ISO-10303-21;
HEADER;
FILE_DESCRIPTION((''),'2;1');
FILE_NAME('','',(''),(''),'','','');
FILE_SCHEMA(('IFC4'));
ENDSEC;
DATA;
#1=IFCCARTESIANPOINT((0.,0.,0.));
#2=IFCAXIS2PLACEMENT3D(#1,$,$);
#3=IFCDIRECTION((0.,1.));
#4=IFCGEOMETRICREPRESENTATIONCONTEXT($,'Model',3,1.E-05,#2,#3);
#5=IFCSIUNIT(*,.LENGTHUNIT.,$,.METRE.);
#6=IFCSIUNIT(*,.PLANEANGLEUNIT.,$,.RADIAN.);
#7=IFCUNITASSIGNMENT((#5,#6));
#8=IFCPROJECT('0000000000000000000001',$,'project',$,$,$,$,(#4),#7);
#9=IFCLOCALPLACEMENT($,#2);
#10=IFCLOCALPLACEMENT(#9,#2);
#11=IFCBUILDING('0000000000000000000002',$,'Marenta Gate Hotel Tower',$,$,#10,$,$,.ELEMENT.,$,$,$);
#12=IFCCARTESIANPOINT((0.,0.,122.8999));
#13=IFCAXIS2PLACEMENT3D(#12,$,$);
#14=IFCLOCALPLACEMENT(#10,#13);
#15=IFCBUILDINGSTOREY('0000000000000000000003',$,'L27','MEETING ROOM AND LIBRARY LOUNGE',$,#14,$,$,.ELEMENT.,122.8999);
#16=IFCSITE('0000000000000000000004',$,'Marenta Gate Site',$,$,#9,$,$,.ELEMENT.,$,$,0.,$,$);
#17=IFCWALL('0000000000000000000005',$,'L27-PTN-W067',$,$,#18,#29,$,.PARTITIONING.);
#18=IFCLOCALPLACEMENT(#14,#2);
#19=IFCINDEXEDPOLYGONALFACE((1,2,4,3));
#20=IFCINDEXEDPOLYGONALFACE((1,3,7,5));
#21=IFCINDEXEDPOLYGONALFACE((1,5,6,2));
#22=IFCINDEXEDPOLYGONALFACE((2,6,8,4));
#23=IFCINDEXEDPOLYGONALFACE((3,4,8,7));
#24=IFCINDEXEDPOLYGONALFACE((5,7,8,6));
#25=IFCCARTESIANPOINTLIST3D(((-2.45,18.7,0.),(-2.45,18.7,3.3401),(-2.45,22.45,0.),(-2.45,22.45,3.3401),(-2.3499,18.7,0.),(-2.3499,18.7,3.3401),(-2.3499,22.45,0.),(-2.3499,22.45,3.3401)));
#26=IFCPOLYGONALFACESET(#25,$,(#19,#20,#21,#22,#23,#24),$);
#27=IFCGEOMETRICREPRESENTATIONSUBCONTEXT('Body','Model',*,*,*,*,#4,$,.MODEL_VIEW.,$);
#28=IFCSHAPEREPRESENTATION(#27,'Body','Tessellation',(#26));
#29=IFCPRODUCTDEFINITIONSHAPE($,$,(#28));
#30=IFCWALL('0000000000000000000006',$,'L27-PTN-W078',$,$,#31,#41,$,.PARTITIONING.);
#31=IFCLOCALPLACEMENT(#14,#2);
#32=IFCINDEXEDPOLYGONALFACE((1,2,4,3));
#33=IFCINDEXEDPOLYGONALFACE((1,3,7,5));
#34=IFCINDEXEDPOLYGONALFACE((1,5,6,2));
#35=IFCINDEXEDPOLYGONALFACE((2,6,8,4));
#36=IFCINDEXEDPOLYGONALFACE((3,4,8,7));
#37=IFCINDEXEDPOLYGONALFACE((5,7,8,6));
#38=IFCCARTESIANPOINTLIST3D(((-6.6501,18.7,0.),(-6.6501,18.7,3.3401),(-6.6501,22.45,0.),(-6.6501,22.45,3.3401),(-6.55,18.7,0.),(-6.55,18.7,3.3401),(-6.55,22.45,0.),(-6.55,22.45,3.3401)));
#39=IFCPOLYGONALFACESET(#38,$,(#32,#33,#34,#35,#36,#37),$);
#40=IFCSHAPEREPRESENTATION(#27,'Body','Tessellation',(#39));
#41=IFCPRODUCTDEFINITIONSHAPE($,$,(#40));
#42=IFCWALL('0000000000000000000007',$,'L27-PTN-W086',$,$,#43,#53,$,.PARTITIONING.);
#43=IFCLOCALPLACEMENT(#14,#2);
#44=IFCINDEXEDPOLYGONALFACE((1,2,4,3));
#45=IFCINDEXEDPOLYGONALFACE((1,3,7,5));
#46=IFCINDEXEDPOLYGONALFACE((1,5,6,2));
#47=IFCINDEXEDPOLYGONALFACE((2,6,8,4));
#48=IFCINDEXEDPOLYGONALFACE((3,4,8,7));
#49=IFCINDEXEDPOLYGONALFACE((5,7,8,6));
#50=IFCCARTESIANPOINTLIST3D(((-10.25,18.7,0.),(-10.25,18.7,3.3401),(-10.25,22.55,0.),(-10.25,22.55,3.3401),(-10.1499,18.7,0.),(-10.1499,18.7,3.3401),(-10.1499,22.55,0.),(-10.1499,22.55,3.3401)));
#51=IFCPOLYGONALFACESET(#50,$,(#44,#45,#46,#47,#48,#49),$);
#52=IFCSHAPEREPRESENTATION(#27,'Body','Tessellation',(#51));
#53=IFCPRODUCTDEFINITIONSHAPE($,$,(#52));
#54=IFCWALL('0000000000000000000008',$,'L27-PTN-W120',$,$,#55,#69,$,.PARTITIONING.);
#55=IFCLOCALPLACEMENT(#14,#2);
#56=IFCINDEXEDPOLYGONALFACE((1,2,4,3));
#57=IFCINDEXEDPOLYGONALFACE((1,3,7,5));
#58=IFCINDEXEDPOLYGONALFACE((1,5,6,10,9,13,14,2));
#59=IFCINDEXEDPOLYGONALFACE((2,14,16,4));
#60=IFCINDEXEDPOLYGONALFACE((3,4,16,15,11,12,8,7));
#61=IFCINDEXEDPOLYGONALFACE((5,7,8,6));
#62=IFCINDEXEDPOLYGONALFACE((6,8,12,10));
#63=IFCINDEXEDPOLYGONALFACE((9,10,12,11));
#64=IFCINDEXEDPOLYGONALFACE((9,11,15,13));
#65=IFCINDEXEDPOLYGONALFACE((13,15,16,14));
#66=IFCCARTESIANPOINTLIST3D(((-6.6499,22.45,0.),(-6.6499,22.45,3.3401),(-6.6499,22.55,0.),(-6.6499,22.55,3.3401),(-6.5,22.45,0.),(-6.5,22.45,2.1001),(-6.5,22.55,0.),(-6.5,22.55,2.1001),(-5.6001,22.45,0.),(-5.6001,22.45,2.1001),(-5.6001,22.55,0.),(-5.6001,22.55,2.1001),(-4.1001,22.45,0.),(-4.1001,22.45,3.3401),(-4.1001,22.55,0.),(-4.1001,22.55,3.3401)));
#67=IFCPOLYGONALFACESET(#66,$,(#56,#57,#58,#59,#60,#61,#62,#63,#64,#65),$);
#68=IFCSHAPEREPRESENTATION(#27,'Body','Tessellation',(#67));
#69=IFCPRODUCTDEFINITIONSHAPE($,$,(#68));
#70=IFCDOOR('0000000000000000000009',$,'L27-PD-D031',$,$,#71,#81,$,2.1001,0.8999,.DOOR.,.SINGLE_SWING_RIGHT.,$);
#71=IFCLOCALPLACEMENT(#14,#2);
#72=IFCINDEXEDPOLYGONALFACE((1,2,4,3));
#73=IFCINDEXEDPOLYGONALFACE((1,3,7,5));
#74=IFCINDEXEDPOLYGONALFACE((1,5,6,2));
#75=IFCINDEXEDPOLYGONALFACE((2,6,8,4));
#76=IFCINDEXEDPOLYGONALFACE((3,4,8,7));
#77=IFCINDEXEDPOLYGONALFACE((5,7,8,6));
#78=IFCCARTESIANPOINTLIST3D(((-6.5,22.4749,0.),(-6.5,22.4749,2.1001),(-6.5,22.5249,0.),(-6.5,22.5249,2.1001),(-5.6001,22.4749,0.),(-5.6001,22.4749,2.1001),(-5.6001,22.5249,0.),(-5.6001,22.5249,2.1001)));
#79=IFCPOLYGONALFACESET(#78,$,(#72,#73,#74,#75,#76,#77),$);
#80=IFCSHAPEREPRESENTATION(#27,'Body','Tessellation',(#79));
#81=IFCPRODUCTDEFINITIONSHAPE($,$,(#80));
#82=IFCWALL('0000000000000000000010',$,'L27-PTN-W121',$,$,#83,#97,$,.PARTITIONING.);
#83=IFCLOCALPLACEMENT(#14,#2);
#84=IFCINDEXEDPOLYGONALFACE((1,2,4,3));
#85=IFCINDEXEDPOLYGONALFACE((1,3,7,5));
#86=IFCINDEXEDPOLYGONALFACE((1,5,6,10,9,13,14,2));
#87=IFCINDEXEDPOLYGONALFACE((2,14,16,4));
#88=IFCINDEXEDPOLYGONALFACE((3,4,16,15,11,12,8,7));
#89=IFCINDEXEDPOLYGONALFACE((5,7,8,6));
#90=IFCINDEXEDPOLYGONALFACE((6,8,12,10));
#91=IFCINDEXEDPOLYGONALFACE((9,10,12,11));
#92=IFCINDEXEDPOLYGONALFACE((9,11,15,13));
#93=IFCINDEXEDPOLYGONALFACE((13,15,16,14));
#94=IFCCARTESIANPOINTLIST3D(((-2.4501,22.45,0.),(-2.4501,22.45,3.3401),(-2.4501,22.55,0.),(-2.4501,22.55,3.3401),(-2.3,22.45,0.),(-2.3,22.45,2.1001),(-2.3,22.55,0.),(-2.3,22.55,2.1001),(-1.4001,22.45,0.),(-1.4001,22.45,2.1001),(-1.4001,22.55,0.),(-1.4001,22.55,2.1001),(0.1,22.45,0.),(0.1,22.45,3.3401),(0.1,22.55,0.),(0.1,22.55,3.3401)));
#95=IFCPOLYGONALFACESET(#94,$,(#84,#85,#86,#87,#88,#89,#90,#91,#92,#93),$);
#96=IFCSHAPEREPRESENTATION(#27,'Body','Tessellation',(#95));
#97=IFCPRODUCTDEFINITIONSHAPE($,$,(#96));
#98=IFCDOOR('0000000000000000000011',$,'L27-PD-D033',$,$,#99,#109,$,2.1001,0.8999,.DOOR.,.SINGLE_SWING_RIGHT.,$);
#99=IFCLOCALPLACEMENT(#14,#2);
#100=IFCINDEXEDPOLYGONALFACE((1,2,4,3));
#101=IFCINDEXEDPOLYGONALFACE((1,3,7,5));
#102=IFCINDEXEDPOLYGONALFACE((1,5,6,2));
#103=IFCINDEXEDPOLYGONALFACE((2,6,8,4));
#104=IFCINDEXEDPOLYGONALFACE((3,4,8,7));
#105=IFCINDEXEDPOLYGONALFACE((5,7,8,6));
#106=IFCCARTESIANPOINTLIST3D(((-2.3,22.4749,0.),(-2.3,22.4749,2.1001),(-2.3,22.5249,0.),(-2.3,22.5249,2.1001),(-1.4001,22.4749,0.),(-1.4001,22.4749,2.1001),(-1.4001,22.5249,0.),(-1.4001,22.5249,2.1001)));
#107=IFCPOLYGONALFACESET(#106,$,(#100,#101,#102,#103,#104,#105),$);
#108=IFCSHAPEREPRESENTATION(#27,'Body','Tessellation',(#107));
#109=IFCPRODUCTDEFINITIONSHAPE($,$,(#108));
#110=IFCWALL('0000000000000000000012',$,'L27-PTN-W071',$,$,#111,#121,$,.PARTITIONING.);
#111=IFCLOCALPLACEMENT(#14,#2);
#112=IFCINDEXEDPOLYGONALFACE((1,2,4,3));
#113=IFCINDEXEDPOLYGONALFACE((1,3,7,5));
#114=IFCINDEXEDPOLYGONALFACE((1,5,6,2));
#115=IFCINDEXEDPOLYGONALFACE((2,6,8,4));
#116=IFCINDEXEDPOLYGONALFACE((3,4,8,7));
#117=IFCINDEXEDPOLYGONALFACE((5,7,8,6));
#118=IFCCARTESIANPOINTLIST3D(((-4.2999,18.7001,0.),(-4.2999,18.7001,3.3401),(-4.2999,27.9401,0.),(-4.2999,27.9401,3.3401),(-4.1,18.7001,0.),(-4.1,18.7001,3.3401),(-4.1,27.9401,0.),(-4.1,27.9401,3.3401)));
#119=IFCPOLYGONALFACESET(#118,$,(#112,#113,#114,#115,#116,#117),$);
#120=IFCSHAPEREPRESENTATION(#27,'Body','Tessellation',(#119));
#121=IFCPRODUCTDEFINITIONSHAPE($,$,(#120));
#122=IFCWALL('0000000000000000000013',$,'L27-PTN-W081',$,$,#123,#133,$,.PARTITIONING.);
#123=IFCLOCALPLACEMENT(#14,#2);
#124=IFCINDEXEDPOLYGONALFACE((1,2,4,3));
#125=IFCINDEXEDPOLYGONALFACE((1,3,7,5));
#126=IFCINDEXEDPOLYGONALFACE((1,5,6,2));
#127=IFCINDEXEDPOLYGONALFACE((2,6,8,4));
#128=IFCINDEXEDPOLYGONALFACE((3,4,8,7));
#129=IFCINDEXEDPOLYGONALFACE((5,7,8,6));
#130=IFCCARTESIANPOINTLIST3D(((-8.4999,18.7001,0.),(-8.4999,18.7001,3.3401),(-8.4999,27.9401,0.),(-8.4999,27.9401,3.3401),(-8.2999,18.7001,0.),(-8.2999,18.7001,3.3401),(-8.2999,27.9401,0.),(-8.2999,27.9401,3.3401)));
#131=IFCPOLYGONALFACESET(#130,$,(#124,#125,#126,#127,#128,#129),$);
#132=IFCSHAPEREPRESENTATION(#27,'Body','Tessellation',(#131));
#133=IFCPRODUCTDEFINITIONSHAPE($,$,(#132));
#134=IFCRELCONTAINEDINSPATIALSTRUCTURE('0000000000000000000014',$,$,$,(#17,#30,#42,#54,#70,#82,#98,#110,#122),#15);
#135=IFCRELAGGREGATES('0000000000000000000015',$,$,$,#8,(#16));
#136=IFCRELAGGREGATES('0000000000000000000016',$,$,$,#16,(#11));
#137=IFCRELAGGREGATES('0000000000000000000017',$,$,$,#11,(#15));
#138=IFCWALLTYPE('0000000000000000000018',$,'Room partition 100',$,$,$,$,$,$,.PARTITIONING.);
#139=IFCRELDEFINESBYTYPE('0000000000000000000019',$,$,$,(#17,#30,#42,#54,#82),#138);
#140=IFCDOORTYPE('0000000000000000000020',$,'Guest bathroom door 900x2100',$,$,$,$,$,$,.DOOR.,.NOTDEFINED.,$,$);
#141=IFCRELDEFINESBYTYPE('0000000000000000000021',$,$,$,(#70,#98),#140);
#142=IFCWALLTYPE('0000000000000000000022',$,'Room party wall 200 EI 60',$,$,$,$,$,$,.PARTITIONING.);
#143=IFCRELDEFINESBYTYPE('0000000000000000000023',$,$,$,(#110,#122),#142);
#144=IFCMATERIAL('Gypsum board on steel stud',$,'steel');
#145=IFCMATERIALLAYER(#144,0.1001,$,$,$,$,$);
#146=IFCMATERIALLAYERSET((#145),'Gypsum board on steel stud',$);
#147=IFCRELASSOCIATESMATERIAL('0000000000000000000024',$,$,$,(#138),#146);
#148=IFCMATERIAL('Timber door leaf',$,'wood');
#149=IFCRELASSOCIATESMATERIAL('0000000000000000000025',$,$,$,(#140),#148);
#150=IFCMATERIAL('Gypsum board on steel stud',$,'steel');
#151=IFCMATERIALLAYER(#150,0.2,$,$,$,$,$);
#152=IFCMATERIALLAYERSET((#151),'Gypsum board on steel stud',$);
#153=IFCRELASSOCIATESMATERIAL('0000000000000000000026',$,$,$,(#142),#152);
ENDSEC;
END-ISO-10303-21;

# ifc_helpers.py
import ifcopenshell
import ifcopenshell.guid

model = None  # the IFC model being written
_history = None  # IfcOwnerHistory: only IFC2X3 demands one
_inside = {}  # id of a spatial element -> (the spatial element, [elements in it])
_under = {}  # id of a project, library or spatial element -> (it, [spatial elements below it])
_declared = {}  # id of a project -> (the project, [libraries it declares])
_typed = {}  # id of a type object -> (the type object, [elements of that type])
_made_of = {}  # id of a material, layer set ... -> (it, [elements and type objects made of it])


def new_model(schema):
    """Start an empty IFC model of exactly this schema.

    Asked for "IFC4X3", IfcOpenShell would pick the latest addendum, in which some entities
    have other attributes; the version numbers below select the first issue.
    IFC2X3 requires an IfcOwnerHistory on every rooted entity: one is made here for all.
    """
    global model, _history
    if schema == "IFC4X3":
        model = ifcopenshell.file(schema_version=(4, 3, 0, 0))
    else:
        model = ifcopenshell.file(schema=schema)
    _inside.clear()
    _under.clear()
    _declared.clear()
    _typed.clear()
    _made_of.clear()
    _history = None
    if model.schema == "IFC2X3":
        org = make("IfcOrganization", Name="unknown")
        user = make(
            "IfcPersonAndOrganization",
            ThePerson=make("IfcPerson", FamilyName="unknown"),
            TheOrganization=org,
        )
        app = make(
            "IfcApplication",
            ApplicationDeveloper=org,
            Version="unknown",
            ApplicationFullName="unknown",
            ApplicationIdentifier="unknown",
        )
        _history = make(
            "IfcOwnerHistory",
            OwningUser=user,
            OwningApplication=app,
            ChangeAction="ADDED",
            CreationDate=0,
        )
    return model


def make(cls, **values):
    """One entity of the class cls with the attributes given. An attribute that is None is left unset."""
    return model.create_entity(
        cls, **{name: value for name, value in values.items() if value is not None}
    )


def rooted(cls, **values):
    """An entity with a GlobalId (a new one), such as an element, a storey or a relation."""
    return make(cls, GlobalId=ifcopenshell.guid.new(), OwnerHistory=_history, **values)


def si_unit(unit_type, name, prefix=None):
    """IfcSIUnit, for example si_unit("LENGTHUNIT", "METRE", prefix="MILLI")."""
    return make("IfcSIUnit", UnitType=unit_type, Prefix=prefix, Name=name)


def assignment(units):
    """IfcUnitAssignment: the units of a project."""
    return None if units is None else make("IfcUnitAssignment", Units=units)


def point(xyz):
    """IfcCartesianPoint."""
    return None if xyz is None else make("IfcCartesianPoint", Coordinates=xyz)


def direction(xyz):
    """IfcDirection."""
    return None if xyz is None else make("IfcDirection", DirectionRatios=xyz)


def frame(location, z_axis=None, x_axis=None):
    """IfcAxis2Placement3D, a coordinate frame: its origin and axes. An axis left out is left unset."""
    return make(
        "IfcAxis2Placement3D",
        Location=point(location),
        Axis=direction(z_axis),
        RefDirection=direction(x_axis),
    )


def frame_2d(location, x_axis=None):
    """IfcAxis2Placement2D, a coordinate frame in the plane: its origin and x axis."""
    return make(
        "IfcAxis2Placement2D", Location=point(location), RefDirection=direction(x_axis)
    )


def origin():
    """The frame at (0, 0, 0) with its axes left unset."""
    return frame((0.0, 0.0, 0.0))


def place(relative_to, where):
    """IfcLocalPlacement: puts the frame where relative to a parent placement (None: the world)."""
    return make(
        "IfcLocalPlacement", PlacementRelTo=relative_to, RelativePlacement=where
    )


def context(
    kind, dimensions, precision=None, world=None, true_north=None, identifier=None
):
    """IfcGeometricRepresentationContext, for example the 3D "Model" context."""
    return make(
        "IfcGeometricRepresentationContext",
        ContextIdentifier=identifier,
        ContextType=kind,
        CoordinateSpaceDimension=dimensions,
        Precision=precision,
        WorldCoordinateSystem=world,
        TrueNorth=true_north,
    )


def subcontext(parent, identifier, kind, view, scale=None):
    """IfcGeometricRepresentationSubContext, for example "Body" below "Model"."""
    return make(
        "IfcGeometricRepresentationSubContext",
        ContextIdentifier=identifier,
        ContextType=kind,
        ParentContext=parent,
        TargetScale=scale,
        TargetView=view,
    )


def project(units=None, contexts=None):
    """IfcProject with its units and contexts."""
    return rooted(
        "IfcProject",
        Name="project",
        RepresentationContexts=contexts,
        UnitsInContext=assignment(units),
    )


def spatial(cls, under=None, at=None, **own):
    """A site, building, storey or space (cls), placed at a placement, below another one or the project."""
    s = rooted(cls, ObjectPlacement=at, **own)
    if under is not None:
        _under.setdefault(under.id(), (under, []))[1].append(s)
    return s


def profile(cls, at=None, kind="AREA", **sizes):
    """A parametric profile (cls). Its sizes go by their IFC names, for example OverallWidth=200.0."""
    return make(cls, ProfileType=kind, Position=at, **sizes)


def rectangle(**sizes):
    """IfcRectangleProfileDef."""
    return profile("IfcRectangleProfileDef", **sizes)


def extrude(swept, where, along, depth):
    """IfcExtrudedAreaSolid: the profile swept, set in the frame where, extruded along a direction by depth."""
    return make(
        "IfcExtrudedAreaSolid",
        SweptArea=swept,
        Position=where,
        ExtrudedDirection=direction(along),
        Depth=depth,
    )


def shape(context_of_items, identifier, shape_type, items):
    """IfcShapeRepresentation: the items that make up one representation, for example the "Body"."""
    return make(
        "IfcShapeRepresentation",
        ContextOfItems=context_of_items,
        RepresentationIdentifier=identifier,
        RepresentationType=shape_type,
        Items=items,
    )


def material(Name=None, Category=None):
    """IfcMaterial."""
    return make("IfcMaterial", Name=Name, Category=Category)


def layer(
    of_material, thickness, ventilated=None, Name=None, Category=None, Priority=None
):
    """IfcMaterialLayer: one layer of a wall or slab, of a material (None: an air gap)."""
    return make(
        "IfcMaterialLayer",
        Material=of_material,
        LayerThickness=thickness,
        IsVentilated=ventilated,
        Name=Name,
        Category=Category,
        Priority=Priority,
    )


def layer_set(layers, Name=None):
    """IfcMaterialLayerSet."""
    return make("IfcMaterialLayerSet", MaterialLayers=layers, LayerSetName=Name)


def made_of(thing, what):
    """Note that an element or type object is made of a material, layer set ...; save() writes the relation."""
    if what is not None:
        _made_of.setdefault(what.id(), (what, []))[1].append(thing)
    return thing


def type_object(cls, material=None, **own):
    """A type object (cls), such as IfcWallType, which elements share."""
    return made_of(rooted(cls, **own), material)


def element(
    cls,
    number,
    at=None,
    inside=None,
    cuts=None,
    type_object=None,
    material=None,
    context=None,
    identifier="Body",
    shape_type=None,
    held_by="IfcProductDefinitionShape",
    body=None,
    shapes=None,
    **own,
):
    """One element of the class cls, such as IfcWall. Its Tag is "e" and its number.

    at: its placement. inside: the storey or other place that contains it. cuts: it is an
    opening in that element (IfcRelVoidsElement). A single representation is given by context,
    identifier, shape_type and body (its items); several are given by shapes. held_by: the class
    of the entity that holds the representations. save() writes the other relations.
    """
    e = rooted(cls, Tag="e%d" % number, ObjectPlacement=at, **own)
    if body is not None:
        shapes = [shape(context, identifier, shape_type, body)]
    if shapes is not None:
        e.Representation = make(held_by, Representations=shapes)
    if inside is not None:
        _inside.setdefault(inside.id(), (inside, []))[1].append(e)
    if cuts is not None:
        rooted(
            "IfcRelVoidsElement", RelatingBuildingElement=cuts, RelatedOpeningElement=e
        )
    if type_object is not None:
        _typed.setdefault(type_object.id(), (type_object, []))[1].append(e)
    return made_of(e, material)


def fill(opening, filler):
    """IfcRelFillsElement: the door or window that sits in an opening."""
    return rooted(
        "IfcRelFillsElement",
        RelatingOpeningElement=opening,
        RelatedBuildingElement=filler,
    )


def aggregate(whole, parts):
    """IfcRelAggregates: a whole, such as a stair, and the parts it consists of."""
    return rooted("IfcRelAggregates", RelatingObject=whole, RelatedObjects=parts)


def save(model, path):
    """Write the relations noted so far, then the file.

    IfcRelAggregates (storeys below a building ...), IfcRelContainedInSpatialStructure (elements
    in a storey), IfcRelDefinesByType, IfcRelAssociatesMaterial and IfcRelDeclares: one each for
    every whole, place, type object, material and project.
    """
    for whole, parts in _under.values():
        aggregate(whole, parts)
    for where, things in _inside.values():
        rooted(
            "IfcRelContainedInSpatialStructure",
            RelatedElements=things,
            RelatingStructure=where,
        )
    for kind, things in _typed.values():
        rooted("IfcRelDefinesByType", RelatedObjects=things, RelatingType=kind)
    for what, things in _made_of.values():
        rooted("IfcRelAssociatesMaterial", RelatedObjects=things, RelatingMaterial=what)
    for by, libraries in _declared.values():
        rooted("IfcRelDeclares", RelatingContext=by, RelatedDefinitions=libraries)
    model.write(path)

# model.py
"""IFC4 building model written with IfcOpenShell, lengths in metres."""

from ifc_helpers import new_model, si_unit, direction, frame, frame_2d, origin, place, context, subcontext, project, spatial, rectangle, extrude, material, layer, layer_set, type_object, element, fill, save


model = new_model("IFC4")

# Units and contexts
model_context = context("Model", 3, precision=1e-05, world=origin(), true_north=direction((0.0, 1.0)))
body_context = subcontext(model_context, "Body", "Model", "MODEL_VIEW")
ifc_project = project(units=[si_unit("LENGTHUNIT", "METRE"), si_unit("PLANEANGLEUNIT", "RADIAN")], contexts=[model_context])

# Site, building, storey
site_placement = place(None, origin())
site = spatial("IfcSite", under=ifc_project, at=site_placement, Name="Marenta Gate Site", CompositionType="ELEMENT", RefElevation=0.0)
building_placement = place(site_placement, origin())
building = spatial("IfcBuilding", under=site, at=building_placement, Name="Marenta Gate Hotel Tower", CompositionType="ELEMENT")
storey_placement = place(building_placement, frame((0.0, 0.0, 122.8999)))
storey = spatial("IfcBuildingStorey", under=building, at=storey_placement, Name="L27", Description="MEETING ROOM AND LIBRARY LOUNGE", CompositionType="ELEMENT", Elevation=122.8999)

# Walls
ifc_material_1 = material(Name="Gypsum board on steel stud", Category="steel")
ifc_layer_1 = layer(ifc_material_1, 0.1001)
ifc_layer_set_1 = layer_set([ifc_layer_1], Name="Gypsum board on steel stud")
wall_type_1 = type_object("IfcWallType", Name="Room partition 100", PredefinedType="PARTITIONING", material=ifc_layer_set_1)
for number, where, z_axis, x_axis, name in (
    (1, (-2.3999, 18.7, 0.0), (0.0, 0.0, 1.0), (0.0, 1.0, 0.0), "L27-PTN-W067"),
    (2, (-6.6001, 18.7, 0.0), (0.0, 0.0, 1.0), (0.0, 1.0, 0.0), "L27-PTN-W078"),
):
    element("IfcWall", number, at=place(storey_placement, frame(where, z_axis=z_axis, x_axis=x_axis)), inside=storey, type_object=wall_type_1, Name=name, PredefinedType="PARTITIONING", context=body_context, shape_type="SweptSolid", body=[
        extrude(rectangle(XDim=3.75, YDim=0.1001, at=frame_2d((1.875, 0.0))), origin(), (0.0, 0.0, 1.0), 3.3401),
    ])
wall_1_placement = place(storey_placement, frame((-10.2, 18.7, 0.0), z_axis=(0.0, 0.0, 1.0), x_axis=(0.0, 1.0, 0.0)))
element("IfcWall", 3, at=wall_1_placement, inside=storey, type_object=wall_type_1, Name="L27-PTN-W086", PredefinedType="PARTITIONING", context=body_context, shape_type="SweptSolid", body=[
    extrude(rectangle(XDim=3.8501, YDim=0.1001, at=frame_2d((1.925, 0.0))), origin(), (0.0, 0.0, 1.0), 3.3401),
])

# Walls, openings, doors
wall_2_placement = place(storey_placement, frame((-6.6499, 22.5, 0.0), z_axis=(0.0, 0.0, 1.0), x_axis=(1.0, 0.0, 0.0)))
wall_2 = element("IfcWall", 4, at=wall_2_placement, inside=storey, type_object=wall_type_1, Name="L27-PTN-W120", PredefinedType="PARTITIONING", context=body_context, shape_type="SweptSolid", body=[
    extrude(rectangle(XDim=2.5498, YDim=0.1001, at=frame_2d((1.2749, 0.0))), origin(), (0.0, 0.0, 1.0), 3.3401),
])
opening_1_placement = place(wall_2_placement, frame((0.1499, 0.0, 0.0)))
opening_1 = element("IfcOpeningElement", 5, at=opening_1_placement, cuts=wall_2, PredefinedType="OPENING", context=body_context, shape_type="SweptSolid", body=[
    extrude(rectangle(XDim=0.8999, YDim=2.1001, at=frame_2d((0.45, 1.05))), frame((0.0, 0.05, 0.0), z_axis=(0.0, -1.0, 0.0), x_axis=(1.0, 0.0, 0.0)), (0.0, 0.0, 1.0), 0.1001),
])
ifc_material_2 = material(Name="Timber door leaf", Category="wood")
door_type_1 = type_object("IfcDoorType", Name="Guest bathroom door 900x2100", OperationType="NOTDEFINED", PredefinedType="DOOR", material=ifc_material_2)
door_1_placement = place(opening_1_placement, origin())
door_1 = element("IfcDoor", 6, at=door_1_placement, inside=storey, type_object=door_type_1, Name="L27-PD-D031", OperationType="SINGLE_SWING_RIGHT", OverallHeight=2.1001, OverallWidth=0.8999, PredefinedType="DOOR", context=body_context, shape_type="SweptSolid", body=[
    extrude(rectangle(XDim=0.8999, YDim=2.1001, at=frame_2d((0.45, 1.05))), frame((0.0, 0.0249, 0.0), z_axis=(0.0, -1.0, 0.0), x_axis=(1.0, 0.0, 0.0)), (0.0, 0.0, 1.0), 0.05),
])
fill(opening_1, door_1)
wall_3_placement = place(storey_placement, frame((-2.45, 22.5, 0.0), z_axis=(0.0, 0.0, 1.0), x_axis=(1.0, 0.0, 0.0)))
wall_3 = element("IfcWall", 7, at=wall_3_placement, inside=storey, type_object=wall_type_1, Name="L27-PTN-W121", PredefinedType="PARTITIONING", context=body_context, shape_type="SweptSolid", body=[
    extrude(rectangle(XDim=2.55, YDim=0.1001, at=frame_2d((1.2749, 0.0))), origin(), (0.0, 0.0, 1.0), 3.3401),
])
opening_2_placement = place(wall_3_placement, frame((0.1499, 0.0, 0.0)))
opening_2 = element("IfcOpeningElement", 8, at=opening_2_placement, cuts=wall_3, PredefinedType="OPENING", context=body_context, shape_type="SweptSolid", body=[
    extrude(rectangle(XDim=0.8999, YDim=2.1001, at=frame_2d((0.45, 1.05))), frame((0.0, 0.05, 0.0), z_axis=(0.0, -1.0, 0.0), x_axis=(1.0, 0.0, 0.0)), (0.0, 0.0, 1.0), 0.1001),
])
door_2_placement = place(opening_2_placement, origin())
door_2 = element("IfcDoor", 9, at=door_2_placement, inside=storey, type_object=door_type_1, Name="L27-PD-D033", OperationType="SINGLE_SWING_RIGHT", OverallHeight=2.1001, OverallWidth=0.8999, PredefinedType="DOOR", context=body_context, shape_type="SweptSolid", body=[
    extrude(rectangle(XDim=0.8999, YDim=2.1001, at=frame_2d((0.45, 1.05))), frame((0.0, 0.0249, 0.0), z_axis=(0.0, -1.0, 0.0), x_axis=(1.0, 0.0, 0.0)), (0.0, 0.0, 1.0), 0.05),
])
fill(opening_2, door_2)

# Walls
ifc_material_3 = material(Name="Gypsum board on steel stud", Category="steel")
ifc_layer_2 = layer(ifc_material_3, 0.2)
ifc_layer_set_2 = layer_set([ifc_layer_2], Name="Gypsum board on steel stud")
wall_type_2 = type_object("IfcWallType", Name="Room party wall 200 EI 60", PredefinedType="PARTITIONING", material=ifc_layer_set_2)
for number, where, z_axis, x_axis, name in (
    (10, (-4.2, 18.7, 0.0), (0.0, 0.0, 1.0), (0.0, 1.0, 0.0), "L27-PTN-W071"),
    (11, (-8.3999, 18.7, 0.0), (0.0, 0.0, 1.0), (0.0, 1.0, 0.0), "L27-PTN-W081"),
):
    element("IfcWall", number, at=place(storey_placement, frame(where, z_axis=z_axis, x_axis=x_axis)), inside=storey, type_object=wall_type_2, Name=name, PredefinedType="PARTITIONING", context=body_context, shape_type="SweptSolid", body=[
        extrude(rectangle(XDim=9.24, YDim=0.2, at=frame_2d((4.6201, 0.0))), origin(), (0.0, 0.0, 1.0), 3.3401),
    ])

save(model, "model.ifc")
